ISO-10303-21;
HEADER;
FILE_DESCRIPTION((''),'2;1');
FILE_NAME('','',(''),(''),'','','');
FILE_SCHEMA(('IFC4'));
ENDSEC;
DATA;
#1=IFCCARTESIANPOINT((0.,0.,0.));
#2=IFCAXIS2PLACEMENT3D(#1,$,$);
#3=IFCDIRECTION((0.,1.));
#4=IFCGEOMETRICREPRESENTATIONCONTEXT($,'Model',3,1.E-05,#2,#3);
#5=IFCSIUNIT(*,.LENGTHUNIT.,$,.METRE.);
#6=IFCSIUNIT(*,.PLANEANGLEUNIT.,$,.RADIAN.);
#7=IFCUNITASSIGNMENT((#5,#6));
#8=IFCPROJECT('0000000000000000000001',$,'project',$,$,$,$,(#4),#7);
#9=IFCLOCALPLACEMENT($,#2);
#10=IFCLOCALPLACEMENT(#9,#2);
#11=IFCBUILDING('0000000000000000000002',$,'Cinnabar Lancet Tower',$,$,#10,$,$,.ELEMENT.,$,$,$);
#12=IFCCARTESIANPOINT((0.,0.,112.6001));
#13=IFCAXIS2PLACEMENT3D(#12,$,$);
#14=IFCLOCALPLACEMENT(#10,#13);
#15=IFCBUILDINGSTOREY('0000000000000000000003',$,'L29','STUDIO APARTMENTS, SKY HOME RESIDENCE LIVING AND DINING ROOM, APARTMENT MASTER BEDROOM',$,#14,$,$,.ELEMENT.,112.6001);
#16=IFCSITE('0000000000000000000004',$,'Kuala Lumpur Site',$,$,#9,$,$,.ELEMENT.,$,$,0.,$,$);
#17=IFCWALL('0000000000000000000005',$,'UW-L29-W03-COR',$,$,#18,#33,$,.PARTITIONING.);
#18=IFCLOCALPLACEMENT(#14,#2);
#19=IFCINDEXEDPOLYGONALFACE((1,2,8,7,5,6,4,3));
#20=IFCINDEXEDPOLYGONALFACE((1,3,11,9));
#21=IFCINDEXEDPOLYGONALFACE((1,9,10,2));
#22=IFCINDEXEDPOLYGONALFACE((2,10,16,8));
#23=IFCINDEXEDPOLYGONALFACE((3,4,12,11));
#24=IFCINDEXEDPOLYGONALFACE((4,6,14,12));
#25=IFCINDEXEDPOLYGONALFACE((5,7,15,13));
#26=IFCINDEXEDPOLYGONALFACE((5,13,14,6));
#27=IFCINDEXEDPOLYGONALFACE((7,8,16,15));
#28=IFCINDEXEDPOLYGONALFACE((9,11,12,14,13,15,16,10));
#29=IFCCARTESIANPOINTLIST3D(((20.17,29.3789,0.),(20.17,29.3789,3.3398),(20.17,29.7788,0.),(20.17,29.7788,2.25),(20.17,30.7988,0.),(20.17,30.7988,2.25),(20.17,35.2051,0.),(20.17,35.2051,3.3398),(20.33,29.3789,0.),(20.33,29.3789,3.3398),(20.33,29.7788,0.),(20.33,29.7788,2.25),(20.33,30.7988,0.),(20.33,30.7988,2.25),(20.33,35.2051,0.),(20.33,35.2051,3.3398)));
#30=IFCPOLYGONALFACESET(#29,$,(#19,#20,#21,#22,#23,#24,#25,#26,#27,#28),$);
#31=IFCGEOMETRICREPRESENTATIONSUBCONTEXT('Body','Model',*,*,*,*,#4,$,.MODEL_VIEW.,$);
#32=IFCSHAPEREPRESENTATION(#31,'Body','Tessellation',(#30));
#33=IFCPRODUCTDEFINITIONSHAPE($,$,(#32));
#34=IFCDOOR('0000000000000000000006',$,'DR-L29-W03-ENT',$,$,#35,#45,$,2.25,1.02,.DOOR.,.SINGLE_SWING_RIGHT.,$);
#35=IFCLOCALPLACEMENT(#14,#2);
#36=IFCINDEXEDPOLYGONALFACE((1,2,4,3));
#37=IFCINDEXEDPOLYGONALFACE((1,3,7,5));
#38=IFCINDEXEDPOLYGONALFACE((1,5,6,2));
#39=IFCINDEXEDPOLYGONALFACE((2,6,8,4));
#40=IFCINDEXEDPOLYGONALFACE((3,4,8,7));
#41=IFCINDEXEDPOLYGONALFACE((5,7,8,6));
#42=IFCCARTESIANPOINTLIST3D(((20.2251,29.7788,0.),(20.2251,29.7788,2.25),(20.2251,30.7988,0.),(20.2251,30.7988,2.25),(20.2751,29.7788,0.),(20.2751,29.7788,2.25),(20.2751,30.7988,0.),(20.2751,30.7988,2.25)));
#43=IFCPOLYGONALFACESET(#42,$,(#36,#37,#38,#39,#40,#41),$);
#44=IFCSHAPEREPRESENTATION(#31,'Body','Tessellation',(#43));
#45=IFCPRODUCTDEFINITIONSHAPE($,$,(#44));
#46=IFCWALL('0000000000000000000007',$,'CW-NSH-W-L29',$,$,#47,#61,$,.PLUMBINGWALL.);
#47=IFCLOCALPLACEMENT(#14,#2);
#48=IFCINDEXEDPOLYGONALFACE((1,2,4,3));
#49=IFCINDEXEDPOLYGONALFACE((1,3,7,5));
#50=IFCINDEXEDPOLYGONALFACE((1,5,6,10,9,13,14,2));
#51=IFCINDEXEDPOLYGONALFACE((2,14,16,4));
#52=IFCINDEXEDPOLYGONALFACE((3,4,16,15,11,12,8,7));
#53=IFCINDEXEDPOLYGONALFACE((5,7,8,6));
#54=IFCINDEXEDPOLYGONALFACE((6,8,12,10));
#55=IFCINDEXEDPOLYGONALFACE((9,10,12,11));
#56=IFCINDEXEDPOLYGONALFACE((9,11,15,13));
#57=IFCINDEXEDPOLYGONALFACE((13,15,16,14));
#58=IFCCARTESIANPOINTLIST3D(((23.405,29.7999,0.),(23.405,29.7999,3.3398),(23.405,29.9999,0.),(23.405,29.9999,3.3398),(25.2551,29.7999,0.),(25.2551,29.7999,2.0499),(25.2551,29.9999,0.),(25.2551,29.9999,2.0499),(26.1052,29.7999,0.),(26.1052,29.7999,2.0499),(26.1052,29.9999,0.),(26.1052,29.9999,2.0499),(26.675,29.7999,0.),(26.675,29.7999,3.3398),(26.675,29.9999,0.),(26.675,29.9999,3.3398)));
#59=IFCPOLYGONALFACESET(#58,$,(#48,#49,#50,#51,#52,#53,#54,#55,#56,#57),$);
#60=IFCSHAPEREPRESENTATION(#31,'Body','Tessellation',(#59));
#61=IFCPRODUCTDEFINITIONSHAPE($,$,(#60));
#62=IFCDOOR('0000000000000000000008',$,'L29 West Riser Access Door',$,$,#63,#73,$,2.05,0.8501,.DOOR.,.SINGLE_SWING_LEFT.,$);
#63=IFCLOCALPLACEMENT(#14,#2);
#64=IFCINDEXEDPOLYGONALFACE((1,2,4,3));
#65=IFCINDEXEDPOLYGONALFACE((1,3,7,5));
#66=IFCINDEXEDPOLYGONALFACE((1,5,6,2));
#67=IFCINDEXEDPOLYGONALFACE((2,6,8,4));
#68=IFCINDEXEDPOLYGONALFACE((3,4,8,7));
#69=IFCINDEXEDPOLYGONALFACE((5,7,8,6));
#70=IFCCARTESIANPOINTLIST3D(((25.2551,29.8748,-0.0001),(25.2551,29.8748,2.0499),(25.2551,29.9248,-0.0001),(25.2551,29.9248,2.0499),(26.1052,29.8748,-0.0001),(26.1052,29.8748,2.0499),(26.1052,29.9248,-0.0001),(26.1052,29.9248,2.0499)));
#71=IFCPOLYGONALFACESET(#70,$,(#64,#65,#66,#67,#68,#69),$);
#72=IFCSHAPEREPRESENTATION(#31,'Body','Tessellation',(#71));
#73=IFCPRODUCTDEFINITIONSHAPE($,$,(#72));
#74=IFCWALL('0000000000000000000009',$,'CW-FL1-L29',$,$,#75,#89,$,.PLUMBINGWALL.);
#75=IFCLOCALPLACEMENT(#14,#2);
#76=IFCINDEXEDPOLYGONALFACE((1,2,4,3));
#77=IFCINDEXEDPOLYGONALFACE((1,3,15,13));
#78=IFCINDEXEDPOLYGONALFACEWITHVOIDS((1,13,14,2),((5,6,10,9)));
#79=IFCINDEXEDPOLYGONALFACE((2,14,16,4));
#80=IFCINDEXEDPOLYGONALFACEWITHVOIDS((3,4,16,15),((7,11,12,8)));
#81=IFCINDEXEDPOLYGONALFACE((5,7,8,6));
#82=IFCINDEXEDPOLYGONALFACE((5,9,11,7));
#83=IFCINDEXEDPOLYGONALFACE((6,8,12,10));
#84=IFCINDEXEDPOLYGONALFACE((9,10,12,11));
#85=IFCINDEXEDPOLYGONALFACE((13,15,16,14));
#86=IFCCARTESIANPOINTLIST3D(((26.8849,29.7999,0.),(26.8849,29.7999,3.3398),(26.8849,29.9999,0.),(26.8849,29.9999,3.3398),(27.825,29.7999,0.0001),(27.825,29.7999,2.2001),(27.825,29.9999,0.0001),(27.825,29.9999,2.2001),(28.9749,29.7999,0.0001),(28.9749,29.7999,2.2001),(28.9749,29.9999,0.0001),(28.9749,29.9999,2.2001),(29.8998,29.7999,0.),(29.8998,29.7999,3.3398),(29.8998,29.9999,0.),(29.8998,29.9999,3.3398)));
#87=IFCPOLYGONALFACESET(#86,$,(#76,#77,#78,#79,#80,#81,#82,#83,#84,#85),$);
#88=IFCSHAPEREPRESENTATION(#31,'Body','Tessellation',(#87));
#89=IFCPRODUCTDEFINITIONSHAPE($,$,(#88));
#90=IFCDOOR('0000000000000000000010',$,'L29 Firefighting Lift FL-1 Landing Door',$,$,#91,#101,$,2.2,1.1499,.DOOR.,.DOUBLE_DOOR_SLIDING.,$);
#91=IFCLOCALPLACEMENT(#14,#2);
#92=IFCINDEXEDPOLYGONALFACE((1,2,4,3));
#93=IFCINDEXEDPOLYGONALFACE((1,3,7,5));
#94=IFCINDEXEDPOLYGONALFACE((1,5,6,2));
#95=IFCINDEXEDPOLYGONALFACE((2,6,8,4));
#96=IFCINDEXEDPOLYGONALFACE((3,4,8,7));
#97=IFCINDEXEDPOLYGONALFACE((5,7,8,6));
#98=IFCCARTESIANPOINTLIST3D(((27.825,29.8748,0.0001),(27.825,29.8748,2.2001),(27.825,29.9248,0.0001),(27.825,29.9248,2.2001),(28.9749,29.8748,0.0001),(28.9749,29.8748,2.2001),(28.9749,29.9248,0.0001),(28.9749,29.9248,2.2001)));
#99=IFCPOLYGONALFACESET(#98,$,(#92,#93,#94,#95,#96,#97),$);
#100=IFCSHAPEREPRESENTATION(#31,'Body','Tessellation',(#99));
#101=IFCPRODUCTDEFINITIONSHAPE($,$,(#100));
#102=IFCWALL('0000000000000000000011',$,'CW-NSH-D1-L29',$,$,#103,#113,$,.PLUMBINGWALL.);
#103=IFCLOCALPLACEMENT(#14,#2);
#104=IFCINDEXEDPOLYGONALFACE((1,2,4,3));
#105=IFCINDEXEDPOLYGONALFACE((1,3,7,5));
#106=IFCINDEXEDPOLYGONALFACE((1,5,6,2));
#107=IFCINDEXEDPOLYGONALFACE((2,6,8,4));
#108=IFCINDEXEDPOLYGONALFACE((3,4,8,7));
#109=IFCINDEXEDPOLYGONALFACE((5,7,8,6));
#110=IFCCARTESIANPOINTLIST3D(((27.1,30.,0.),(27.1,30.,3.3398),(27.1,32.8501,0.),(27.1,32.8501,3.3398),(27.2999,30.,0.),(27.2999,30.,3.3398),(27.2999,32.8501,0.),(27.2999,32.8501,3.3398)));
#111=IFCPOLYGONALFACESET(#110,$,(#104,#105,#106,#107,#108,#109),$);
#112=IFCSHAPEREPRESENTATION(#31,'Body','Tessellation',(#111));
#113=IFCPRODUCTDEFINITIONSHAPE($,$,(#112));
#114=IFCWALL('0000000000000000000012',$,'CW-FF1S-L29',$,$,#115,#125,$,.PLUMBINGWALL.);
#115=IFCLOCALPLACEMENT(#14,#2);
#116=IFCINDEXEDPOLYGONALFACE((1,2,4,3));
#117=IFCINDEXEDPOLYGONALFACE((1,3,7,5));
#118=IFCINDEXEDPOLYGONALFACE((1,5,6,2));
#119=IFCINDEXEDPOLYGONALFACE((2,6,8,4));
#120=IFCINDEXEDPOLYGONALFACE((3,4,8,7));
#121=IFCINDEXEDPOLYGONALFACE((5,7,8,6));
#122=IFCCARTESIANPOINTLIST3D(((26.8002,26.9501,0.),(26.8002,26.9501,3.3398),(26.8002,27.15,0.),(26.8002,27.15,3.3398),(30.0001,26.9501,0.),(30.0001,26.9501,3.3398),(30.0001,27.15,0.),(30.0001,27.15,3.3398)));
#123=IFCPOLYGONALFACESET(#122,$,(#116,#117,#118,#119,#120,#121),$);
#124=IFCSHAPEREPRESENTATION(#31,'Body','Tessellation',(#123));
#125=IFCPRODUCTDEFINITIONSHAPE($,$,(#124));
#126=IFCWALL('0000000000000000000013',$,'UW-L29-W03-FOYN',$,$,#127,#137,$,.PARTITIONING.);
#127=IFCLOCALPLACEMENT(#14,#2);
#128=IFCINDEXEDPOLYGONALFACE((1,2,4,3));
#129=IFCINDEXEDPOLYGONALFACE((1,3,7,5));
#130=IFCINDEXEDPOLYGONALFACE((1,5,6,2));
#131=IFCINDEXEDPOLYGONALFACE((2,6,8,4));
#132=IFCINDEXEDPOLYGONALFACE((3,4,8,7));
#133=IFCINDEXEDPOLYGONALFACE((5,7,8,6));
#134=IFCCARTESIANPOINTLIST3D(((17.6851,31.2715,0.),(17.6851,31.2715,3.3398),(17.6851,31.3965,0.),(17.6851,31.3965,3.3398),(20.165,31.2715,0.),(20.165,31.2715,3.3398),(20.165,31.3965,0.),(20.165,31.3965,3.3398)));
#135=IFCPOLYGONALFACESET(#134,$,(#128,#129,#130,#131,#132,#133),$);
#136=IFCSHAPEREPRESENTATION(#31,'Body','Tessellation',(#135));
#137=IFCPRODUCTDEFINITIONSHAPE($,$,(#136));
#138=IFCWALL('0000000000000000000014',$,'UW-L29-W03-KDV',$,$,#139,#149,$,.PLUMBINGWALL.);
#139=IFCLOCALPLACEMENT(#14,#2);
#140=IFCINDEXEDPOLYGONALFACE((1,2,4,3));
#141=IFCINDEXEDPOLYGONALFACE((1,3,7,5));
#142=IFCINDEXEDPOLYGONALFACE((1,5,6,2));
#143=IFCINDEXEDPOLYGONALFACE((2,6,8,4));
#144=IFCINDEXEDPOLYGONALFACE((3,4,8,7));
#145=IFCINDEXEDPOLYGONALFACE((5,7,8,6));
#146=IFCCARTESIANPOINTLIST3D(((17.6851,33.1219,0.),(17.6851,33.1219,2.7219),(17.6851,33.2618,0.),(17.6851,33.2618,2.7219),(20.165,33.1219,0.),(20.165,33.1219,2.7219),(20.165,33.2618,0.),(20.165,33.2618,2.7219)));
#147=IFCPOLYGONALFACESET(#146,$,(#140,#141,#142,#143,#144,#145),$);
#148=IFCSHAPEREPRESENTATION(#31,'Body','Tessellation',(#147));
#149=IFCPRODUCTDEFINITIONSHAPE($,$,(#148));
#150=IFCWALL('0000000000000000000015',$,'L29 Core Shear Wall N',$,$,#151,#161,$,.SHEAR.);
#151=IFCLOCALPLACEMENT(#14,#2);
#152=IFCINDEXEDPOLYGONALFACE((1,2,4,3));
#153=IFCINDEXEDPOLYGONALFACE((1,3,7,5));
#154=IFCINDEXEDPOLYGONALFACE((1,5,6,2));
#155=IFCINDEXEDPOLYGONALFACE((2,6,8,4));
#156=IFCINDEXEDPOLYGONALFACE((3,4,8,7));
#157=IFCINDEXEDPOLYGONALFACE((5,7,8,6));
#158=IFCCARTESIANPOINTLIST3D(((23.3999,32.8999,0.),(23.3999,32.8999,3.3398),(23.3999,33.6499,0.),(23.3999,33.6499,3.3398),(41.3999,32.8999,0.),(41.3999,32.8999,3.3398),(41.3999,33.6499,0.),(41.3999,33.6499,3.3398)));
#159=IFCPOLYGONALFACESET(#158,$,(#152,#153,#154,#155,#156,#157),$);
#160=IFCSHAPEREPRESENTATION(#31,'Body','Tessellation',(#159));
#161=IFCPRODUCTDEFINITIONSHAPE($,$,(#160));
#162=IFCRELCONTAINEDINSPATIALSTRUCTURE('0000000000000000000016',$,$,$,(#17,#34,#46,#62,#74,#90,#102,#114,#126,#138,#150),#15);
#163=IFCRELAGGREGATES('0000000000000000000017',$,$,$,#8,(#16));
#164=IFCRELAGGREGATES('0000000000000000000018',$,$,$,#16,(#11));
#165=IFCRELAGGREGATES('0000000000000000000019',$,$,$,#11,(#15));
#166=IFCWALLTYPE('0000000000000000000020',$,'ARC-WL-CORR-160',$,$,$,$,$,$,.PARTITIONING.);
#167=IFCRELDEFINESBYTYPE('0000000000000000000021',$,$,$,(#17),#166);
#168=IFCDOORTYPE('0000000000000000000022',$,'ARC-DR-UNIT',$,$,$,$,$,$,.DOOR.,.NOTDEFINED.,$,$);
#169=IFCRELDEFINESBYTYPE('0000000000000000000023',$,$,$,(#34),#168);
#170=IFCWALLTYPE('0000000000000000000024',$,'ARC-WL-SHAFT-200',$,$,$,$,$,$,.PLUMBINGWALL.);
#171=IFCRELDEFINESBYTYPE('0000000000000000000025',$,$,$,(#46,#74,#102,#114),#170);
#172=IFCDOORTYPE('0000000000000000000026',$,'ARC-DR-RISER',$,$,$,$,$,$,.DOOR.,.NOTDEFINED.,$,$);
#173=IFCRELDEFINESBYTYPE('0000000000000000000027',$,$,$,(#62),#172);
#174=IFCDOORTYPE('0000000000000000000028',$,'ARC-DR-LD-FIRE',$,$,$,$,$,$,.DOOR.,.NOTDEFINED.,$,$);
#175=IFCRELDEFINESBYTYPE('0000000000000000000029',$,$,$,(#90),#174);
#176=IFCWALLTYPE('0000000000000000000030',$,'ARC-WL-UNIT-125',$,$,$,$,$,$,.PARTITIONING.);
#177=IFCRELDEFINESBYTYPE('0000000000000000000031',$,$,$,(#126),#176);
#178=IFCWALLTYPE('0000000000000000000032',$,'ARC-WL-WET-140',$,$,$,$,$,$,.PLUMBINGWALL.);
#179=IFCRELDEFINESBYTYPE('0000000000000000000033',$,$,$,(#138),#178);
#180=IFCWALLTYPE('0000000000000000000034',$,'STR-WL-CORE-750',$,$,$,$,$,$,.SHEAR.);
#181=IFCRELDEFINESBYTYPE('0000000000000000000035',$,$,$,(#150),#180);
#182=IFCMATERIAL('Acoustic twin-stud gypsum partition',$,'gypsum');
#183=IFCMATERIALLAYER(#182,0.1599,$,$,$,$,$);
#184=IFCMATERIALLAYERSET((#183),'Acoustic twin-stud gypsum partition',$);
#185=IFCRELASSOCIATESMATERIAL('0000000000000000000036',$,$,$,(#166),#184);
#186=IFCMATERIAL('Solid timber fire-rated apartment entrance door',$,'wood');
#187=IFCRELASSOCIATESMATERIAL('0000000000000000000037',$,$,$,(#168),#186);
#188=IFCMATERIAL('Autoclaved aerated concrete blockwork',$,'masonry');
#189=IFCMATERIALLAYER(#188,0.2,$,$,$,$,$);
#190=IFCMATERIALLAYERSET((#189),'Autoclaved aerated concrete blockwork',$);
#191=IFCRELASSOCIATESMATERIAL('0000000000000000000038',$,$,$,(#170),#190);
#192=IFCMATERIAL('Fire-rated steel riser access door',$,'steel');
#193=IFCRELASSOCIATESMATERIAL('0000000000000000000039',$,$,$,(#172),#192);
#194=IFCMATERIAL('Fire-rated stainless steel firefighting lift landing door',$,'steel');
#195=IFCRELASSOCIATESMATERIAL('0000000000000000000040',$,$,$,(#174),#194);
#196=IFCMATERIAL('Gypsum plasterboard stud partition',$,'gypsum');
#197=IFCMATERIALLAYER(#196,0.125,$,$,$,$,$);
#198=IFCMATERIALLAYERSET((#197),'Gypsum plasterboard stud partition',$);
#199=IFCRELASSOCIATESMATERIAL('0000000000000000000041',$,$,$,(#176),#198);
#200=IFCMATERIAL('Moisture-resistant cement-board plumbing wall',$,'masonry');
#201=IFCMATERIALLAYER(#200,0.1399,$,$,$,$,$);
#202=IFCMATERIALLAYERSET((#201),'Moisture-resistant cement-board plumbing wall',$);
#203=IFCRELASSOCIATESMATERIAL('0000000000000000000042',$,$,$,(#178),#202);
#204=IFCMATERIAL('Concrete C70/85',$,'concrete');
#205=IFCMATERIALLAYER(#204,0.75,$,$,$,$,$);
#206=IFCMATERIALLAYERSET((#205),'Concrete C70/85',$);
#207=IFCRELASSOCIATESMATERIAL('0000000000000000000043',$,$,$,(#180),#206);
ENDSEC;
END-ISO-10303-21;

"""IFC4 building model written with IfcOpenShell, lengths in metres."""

from ifc_helpers import new_model, si_unit, direction, frame, frame_2d, origin, place, context, subcontext, project, spatial, rectangle, extrude, material, layer, layer_set, type_object, element, fill, save


model = new_model("IFC4")

# Units and contexts
model_context = context("Model", 3, precision=1e-05, world=origin(), true_north=direction((0.0, 1.0)))
body_context = subcontext(model_context, "Body", "Model", "MODEL_VIEW")
ifc_project = project(units=[si_unit("LENGTHUNIT", "METRE"), si_unit("PLANEANGLEUNIT", "RADIAN")], contexts=[model_context])

# Site, building, storey
site_placement = place(None, origin())
site = spatial("IfcSite", under=ifc_project, at=site_placement, Name="Kuala Lumpur Site", CompositionType="ELEMENT", RefElevation=0.0)
building_placement = place(site_placement, origin())
building = spatial("IfcBuilding", under=site, at=building_placement, Name="Cinnabar Lancet Tower", CompositionType="ELEMENT")
storey_placement = place(building_placement, frame((0.0, 0.0, 112.6001)))
storey = spatial("IfcBuildingStorey", under=building, at=storey_placement, Name="L29", Description="STUDIO APARTMENTS, SKY HOME RESIDENCE LIVING AND DINING ROOM, APARTMENT MASTER BEDROOM", CompositionType="ELEMENT", Elevation=112.6001)

# Walls, openings, doors
ifc_material_1 = material(Name="Acoustic twin-stud gypsum partition", Category="gypsum")
ifc_layer_1 = layer(ifc_material_1, 0.1599)
ifc_layer_set_1 = layer_set([ifc_layer_1], Name="Acoustic twin-stud gypsum partition")
wall_type_1 = type_object("IfcWallType", Name="ARC-WL-CORR-160", PredefinedType="PARTITIONING", material=ifc_layer_set_1)
wall_1_placement = place(storey_placement, frame((20.25, 29.3789, 0.0), z_axis=(0.0, 0.0, 1.0), x_axis=(0.0, 1.0, 0.0)))
wall_1 = element("IfcWall", 1, at=wall_1_placement, inside=storey, type_object=wall_type_1, Name="UW-L29-W03-COR", PredefinedType="PARTITIONING", context=body_context, shape_type="SweptSolid", body=[
    extrude(rectangle(XDim=5.8262, YDim=0.1599, at=frame_2d((2.9131, 0.0))), origin(), (0.0, 0.0, 1.0), 3.3398),
])
opening_1_placement = place(wall_1_placement, frame((0.3999, 0.0, 0.0)))
opening_1 = element("IfcOpeningElement", 2, at=opening_1_placement, cuts=wall_1, PredefinedType="OPENING", context=body_context, shape_type="SweptSolid", body=[
    extrude(rectangle(XDim=1.02, YDim=2.25, at=frame_2d((0.51, 1.125))), frame((0.0, 0.0898, 0.0), z_axis=(0.0, -1.0, 0.0), x_axis=(1.0, 0.0, 0.0)), (0.0, 0.0, 1.0), 0.1799),
])
ifc_material_2 = material(Name="Solid timber fire-rated apartment entrance door", Category="wood")
door_type_1 = type_object("IfcDoorType", Name="ARC-DR-UNIT", OperationType="NOTDEFINED", PredefinedType="DOOR", material=ifc_material_2)
door_1_placement = place(opening_1_placement, origin())
door_1 = element("IfcDoor", 3, at=door_1_placement, inside=storey, type_object=door_type_1, Name="DR-L29-W03-ENT", OperationType="SINGLE_SWING_RIGHT", OverallHeight=2.25, OverallWidth=1.02, PredefinedType="DOOR", context=body_context, shape_type="SweptSolid", body=[
    extrude(rectangle(XDim=1.02, YDim=2.25, at=frame_2d((0.51, 1.125))), frame((0.0, 0.0249, 0.0), z_axis=(0.0, -1.0, 0.0), x_axis=(1.0, 0.0, 0.0)), (0.0, 0.0, 1.0), 0.05),
])
fill(opening_1, door_1)
ifc_material_3 = material(Name="Autoclaved aerated concrete blockwork", Category="masonry")
ifc_layer_2 = layer(ifc_material_3, 0.2)
ifc_layer_set_2 = layer_set([ifc_layer_2], Name="Autoclaved aerated concrete blockwork")
wall_type_2 = type_object("IfcWallType", Name="ARC-WL-SHAFT-200", PredefinedType="PLUMBINGWALL", material=ifc_layer_set_2)
wall_2_placement = place(storey_placement, frame((23.405, 29.8999, 0.0), z_axis=(0.0, 0.0, 1.0), x_axis=(1.0, 0.0, 0.0)))
wall_2 = element("IfcWall", 4, at=wall_2_placement, inside=storey, type_object=wall_type_2, Name="CW-NSH-W-L29", PredefinedType="PLUMBINGWALL", context=body_context, shape_type="SweptSolid", body=[
    extrude(rectangle(XDim=3.27, YDim=0.2, at=frame_2d((1.635, 0.0))), origin(), (0.0, 0.0, 1.0), 3.3398),
])
opening_2_placement = place(wall_2_placement, frame((1.8501, 0.0, 0.0)))
opening_2 = element("IfcOpeningElement", 5, at=opening_2_placement, cuts=wall_2, PredefinedType="OPENING", context=body_context, shape_type="SweptSolid", body=[
    extrude(rectangle(XDim=0.8501, YDim=2.05, at=frame_2d((0.425, 1.0249))), frame((0.0, 0.1099, 0.0), z_axis=(0.0, -1.0, 0.0), x_axis=(1.0, 0.0, 0.0)), (0.0, 0.0, 1.0), 0.22),
])
ifc_material_4 = material(Name="Fire-rated steel riser access door", Category="steel")
door_type_2 = type_object("IfcDoorType", Name="ARC-DR-RISER", OperationType="NOTDEFINED", PredefinedType="DOOR", material=ifc_material_4)
door_2_placement = place(opening_2_placement, origin())
door_2 = element("IfcDoor", 6, at=door_2_placement, inside=storey, type_object=door_type_2, Name="L29 West Riser Access Door", OperationType="SINGLE_SWING_LEFT", OverallHeight=2.05, OverallWidth=0.8501, PredefinedType="DOOR", context=body_context, shape_type="SweptSolid", body=[
    extrude(rectangle(XDim=0.8501, YDim=2.05, at=frame_2d((0.425, 1.0249))), frame((0.0, 0.0249, 0.0), z_axis=(0.0, -1.0, 0.0), x_axis=(1.0, 0.0, 0.0)), (0.0, 0.0, 1.0), 0.05),
])
fill(opening_2, door_2)
wall_3_placement = place(storey_placement, frame((26.885, 29.8999, 0.0), z_axis=(0.0, 0.0, 1.0), x_axis=(1.0, 0.0, 0.0)))
wall_3 = element("IfcWall", 7, at=wall_3_placement, inside=storey, type_object=wall_type_2, Name="CW-FL1-L29", PredefinedType="PLUMBINGWALL", context=body_context, shape_type="SweptSolid", body=[
    extrude(rectangle(XDim=3.0149, YDim=0.2, at=frame_2d((1.5073, 0.0))), origin(), (0.0, 0.0, 1.0), 3.3398),
])
opening_3_placement = place(wall_3_placement, frame((0.9399, 0.0, 0.0)))
opening_3 = element("IfcOpeningElement", 8, at=opening_3_placement, cuts=wall_3, PredefinedType="OPENING", context=body_context, shape_type="SweptSolid", body=[
    extrude(rectangle(XDim=1.1499, YDim=2.2, at=frame_2d((0.575, 1.1001))), frame((0.0, 0.1099, 0.0), z_axis=(0.0, -1.0, 0.0), x_axis=(1.0, 0.0, 0.0)), (0.0, 0.0, 1.0), 0.22),
])
ifc_material_5 = material(Name="Fire-rated stainless steel firefighting lift landing door", Category="steel")
door_type_3 = type_object("IfcDoorType", Name="ARC-DR-LD-FIRE", OperationType="NOTDEFINED", PredefinedType="DOOR", material=ifc_material_5)
door_3_placement = place(opening_3_placement, origin())
door_3 = element("IfcDoor", 9, at=door_3_placement, inside=storey, type_object=door_type_3, Name="L29 Firefighting Lift FL-1 Landing Door", OperationType="DOUBLE_DOOR_SLIDING", OverallHeight=2.2, OverallWidth=1.1499, PredefinedType="DOOR", context=body_context, shape_type="SweptSolid", body=[
    extrude(rectangle(XDim=1.1499, YDim=2.2, at=frame_2d((0.575, 1.1001))), frame((0.0, 0.0249, 0.0), z_axis=(0.0, -1.0, 0.0), x_axis=(1.0, 0.0, 0.0)), (0.0, 0.0, 1.0), 0.05),
])
fill(opening_3, door_3)

# Walls
wall_4_placement = place(storey_placement, frame((27.2, 30.0, 0.0), z_axis=(0.0, 0.0, 1.0), x_axis=(0.0, 1.0, 0.0)))
element("IfcWall", 10, at=wall_4_placement, inside=storey, type_object=wall_type_2, Name="CW-NSH-D1-L29", PredefinedType="PLUMBINGWALL", context=body_context, shape_type="SweptSolid", body=[
    extrude(rectangle(XDim=2.8501, YDim=0.2, at=frame_2d((1.425, 0.0))), origin(), (0.0, 0.0, 1.0), 3.3398),
])
wall_5_placement = place(storey_placement, frame((26.8, 27.05, 0.0), z_axis=(0.0, 0.0, 1.0), x_axis=(1.0, 0.0, 0.0)))
element("IfcWall", 11, at=wall_5_placement, inside=storey, type_object=wall_type_2, Name="CW-FF1S-L29", PredefinedType="PLUMBINGWALL", context=body_context, shape_type="SweptSolid", body=[
    extrude(rectangle(XDim=3.2, YDim=0.2, at=frame_2d((1.6001, 0.0))), origin(), (0.0, 0.0, 1.0), 3.3398),
])
ifc_material_6 = material(Name="Gypsum plasterboard stud partition", Category="gypsum")
ifc_layer_3 = layer(ifc_material_6, 0.125)
ifc_layer_set_3 = layer_set([ifc_layer_3], Name="Gypsum plasterboard stud partition")
wall_type_3 = type_object("IfcWallType", Name="ARC-WL-UNIT-125", PredefinedType="PARTITIONING", material=ifc_layer_set_3)
wall_6_placement = place(storey_placement, frame((17.6851, 31.334, 0.0), z_axis=(0.0, 0.0, 1.0), x_axis=(1.0, 0.0, 0.0)))
element("IfcWall", 12, at=wall_6_placement, inside=storey, type_object=wall_type_3, Name="UW-L29-W03-FOYN", PredefinedType="PARTITIONING", context=body_context, shape_type="SweptSolid", body=[
    extrude(rectangle(XDim=2.48, YDim=0.125, at=frame_2d((1.24, 0.0))), origin(), (0.0, 0.0, 1.0), 3.3398),
])
ifc_material_7 = material(Name="Moisture-resistant cement-board plumbing wall", Category="masonry")
ifc_layer_4 = layer(ifc_material_7, 0.1399)
ifc_layer_set_4 = layer_set([ifc_layer_4], Name="Moisture-resistant cement-board plumbing wall")
wall_type_4 = type_object("IfcWallType", Name="ARC-WL-WET-140", PredefinedType="PLUMBINGWALL", material=ifc_layer_set_4)
wall_7_placement = place(storey_placement, frame((17.6851, 33.1919, 0.0), z_axis=(0.0, 0.0, 1.0), x_axis=(1.0, 0.0, 0.0)))
element("IfcWall", 13, at=wall_7_placement, inside=storey, type_object=wall_type_4, Name="UW-L29-W03-KDV", PredefinedType="PLUMBINGWALL", context=body_context, shape_type="SweptSolid", body=[
    extrude(rectangle(XDim=2.48, YDim=0.1399, at=frame_2d((1.24, 0.0))), origin(), (0.0, 0.0, 1.0), 2.7219),
])
ifc_material_8 = material(Name="Concrete C70/85", Category="concrete")
ifc_layer_5 = layer(ifc_material_8, 0.75)
ifc_layer_set_5 = layer_set([ifc_layer_5], Name="Concrete C70/85")
wall_type_5 = type_object("IfcWallType", Name="STR-WL-CORE-750", PredefinedType="SHEAR", material=ifc_layer_set_5)
wall_8_placement = place(storey_placement, frame((23.3999, 33.2749, 0.0), z_axis=(0.0, 0.0, 1.0), x_axis=(1.0, 0.0, 0.0)))
element("IfcWall", 14, at=wall_8_placement, inside=storey, type_object=wall_type_5, Name="L29 Core Shear Wall N", PredefinedType="SHEAR", context=body_context, shape_type="SweptSolid", body=[
    extrude(rectangle(XDim=18.0, YDim=0.75, at=frame_2d((9.0, 0.0))), origin(), (0.0, 0.0, 1.0), 3.3398),
])

save(model, "model.ifc")
